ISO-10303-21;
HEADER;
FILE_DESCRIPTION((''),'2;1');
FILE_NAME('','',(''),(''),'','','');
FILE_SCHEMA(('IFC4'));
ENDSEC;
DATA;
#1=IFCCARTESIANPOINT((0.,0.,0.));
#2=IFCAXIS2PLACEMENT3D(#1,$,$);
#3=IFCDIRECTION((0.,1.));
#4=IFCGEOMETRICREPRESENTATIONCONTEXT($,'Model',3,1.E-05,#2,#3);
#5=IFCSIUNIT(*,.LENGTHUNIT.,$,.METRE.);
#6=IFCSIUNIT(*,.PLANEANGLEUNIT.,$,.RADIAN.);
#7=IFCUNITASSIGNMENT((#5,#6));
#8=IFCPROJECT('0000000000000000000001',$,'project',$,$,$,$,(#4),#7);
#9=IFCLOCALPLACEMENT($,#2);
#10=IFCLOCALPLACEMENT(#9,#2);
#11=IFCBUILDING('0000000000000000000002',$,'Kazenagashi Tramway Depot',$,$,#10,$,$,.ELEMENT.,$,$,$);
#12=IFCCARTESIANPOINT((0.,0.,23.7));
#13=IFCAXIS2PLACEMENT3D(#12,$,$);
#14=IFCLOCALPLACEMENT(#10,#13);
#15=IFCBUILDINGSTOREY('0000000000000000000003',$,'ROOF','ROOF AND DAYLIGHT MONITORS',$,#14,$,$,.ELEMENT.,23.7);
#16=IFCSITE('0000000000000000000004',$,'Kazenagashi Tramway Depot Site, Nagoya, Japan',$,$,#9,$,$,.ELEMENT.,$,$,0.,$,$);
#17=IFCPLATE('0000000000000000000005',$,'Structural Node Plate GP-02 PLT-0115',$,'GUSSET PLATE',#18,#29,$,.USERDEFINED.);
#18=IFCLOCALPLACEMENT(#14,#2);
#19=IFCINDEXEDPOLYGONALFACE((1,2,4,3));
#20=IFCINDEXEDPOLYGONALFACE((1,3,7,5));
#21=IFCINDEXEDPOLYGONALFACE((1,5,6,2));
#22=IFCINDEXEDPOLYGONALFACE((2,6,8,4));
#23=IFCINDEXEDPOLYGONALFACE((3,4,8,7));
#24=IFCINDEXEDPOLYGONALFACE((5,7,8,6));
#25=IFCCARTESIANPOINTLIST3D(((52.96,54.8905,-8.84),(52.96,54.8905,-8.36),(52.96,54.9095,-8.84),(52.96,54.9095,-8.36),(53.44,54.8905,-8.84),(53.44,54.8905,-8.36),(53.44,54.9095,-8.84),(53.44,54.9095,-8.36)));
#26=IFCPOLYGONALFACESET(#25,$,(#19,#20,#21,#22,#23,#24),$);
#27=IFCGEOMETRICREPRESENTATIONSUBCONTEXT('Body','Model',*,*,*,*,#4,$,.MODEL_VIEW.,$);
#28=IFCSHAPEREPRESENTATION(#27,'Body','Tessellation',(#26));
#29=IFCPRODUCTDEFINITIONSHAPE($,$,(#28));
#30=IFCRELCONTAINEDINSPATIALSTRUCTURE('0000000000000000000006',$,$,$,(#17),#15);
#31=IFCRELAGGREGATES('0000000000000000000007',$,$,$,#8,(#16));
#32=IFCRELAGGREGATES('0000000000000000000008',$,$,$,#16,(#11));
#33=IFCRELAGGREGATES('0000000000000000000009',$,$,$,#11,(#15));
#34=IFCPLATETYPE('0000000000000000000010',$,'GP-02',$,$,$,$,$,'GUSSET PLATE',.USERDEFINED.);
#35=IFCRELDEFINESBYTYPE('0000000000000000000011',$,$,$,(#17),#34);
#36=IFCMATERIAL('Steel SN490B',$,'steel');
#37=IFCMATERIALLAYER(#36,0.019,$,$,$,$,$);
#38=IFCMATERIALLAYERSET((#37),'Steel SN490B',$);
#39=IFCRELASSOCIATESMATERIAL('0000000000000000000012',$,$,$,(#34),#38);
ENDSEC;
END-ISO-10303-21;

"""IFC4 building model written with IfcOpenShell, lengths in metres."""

from ifc_helpers import new_model, si_unit, direction, frame, origin, origin_2d, place, context, subcontext, project, spatial, rectangle, extrude, material, layer, layer_set, type_object, element, save


model = new_model("IFC4")

# Units and contexts
model_context = context("Model", 3, precision=1e-05, world=origin(), true_north=direction((0.0, 1.0)))
body_context = subcontext(model_context, "Body", "Model", "MODEL_VIEW")
ifc_project = project(units=[si_unit("LENGTHUNIT", "METRE"), si_unit("PLANEANGLEUNIT", "RADIAN")], contexts=[model_context])

# Site, building, storey
site_placement = place(None, origin())
site = spatial("IfcSite", under=ifc_project, at=site_placement, Name="Kazenagashi Tramway Depot Site, Nagoya, Japan", CompositionType="ELEMENT", RefElevation=0.0)
building_placement = place(site_placement, origin())
building = spatial("IfcBuilding", under=site, at=building_placement, Name="Kazenagashi Tramway Depot", CompositionType="ELEMENT")
storey_placement = place(building_placement, frame((0.0, 0.0, 23.7)))
storey = spatial("IfcBuildingStorey", under=building, at=storey_placement, Name="ROOF", Description="ROOF AND DAYLIGHT MONITORS", CompositionType="ELEMENT", Elevation=23.7)

# Shared definitions
ifc_material_1 = material(Name="Steel SN490B", Category="steel")

# Plate
ifc_layer_1 = layer(ifc_material_1, 0.019)
ifc_layer_set_1 = layer_set([ifc_layer_1], Name="Steel SN490B")
plate_type_1 = type_object("IfcPlateType", Name="GP-02", ElementType="GUSSET PLATE", PredefinedType="USERDEFINED", material=ifc_layer_set_1)
plate_1_placement = place(storey_placement, frame((53.2, 54.9, -8.84), z_axis=(0.0, 0.0, 1.0), x_axis=(1.0, 0.0, 0.0)))
element("IfcPlate", 1, at=plate_1_placement, inside=storey, type_object=plate_type_1, Name="Structural Node Plate GP-02 PLT-0115", ObjectType="GUSSET PLATE", PredefinedType="USERDEFINED", context=body_context, shape_type="SweptSolid", body=[
    extrude(rectangle(XDim=0.48, YDim=0.019, at=origin_2d()), origin(), (0.0, 0.0, 1.0), 0.48),
])

save(model, "model.ifc")
